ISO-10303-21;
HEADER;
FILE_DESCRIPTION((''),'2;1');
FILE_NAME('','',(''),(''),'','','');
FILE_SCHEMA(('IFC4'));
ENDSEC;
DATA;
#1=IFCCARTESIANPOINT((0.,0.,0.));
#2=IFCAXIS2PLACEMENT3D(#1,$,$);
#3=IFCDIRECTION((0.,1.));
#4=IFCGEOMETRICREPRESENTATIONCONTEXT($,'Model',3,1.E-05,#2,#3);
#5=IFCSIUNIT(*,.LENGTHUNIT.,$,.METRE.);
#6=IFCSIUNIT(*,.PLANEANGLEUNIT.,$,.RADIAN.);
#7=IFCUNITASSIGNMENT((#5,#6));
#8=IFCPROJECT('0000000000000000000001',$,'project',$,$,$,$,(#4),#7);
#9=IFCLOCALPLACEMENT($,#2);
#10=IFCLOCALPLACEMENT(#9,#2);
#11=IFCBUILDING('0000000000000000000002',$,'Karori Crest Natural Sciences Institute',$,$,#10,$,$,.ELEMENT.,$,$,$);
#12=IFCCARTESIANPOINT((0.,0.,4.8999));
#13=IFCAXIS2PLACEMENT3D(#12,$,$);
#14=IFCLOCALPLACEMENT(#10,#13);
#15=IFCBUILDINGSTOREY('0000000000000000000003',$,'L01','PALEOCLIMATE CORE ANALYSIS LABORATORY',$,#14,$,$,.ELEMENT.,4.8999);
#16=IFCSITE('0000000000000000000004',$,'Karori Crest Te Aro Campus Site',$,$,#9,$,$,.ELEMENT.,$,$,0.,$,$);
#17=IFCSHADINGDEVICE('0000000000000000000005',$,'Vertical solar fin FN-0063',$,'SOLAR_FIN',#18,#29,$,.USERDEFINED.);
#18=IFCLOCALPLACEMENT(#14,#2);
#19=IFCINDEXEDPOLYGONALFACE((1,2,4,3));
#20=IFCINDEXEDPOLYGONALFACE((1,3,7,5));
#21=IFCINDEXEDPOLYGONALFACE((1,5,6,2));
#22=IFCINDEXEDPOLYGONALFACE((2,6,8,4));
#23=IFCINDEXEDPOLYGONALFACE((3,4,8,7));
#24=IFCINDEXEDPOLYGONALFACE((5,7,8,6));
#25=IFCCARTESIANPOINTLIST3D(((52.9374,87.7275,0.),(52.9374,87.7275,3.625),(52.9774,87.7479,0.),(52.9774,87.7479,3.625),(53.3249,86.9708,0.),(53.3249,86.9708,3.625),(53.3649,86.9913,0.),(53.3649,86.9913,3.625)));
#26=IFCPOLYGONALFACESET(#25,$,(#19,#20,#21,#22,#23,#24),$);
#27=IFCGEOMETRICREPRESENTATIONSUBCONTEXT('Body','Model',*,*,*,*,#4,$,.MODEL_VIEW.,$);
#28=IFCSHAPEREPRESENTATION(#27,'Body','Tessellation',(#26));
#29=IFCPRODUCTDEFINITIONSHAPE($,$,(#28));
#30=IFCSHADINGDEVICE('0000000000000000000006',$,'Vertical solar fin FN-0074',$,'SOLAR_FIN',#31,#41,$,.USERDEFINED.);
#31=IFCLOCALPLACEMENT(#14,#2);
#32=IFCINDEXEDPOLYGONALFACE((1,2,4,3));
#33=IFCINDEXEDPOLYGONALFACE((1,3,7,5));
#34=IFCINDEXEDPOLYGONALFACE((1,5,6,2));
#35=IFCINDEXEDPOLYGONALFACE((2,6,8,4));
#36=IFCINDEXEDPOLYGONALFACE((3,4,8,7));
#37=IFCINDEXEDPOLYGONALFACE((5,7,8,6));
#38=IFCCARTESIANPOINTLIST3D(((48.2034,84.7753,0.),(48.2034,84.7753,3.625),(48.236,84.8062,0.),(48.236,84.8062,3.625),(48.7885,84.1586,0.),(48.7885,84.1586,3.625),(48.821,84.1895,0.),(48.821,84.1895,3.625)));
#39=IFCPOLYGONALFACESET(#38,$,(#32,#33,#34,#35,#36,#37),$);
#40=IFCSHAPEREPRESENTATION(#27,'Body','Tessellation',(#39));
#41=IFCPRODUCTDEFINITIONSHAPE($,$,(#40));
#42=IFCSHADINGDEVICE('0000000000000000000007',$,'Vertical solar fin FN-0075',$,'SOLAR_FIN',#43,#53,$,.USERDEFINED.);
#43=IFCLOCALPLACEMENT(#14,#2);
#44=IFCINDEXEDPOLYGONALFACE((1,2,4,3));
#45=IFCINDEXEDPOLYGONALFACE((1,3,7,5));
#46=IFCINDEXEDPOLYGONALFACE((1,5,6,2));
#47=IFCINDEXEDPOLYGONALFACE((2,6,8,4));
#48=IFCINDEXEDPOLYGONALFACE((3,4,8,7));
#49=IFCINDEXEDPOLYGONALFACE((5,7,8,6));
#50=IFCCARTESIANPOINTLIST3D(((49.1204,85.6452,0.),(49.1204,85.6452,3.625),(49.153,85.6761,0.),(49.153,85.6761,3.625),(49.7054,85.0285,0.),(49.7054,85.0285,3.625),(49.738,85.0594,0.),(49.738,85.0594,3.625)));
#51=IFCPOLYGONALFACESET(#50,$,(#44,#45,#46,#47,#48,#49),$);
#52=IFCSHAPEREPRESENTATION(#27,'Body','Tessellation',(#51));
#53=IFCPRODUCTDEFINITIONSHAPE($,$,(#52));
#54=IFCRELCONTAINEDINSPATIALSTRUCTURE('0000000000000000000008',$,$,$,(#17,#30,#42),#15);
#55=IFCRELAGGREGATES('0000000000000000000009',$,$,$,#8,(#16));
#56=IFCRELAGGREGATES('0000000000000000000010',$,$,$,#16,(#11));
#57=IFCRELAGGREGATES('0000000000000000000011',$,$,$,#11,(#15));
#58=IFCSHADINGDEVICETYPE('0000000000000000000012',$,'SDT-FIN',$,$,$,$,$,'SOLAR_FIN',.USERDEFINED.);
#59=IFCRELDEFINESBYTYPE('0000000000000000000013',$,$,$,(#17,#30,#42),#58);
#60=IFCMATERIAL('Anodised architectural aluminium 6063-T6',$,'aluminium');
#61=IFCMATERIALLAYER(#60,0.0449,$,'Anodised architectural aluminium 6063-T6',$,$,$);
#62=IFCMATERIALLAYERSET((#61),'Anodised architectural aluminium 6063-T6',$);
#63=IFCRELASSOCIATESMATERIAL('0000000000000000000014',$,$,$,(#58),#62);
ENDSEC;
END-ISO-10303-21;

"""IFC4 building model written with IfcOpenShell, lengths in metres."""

from ifc_helpers import new_model, si_unit, direction, frame, origin, origin_2d, place, context, subcontext, project, spatial, rectangle, extrude, material, layer, layer_set, type_object, element, save


model = new_model("IFC4")

# Units and contexts
model_context = context("Model", 3, precision=1e-05, world=origin(), true_north=direction((0.0, 1.0)))
body_context = subcontext(model_context, "Body", "Model", "MODEL_VIEW")
ifc_project = project(units=[si_unit("LENGTHUNIT", "METRE"), si_unit("PLANEANGLEUNIT", "RADIAN")], contexts=[model_context])

# Site, building, storey
site_placement = place(None, origin())
site = spatial("IfcSite", under=ifc_project, at=site_placement, Name="Karori Crest Te Aro Campus Site", CompositionType="ELEMENT", RefElevation=0.0)
building_placement = place(site_placement, origin())
building = spatial("IfcBuilding", under=site, at=building_placement, Name="Karori Crest Natural Sciences Institute", CompositionType="ELEMENT")
storey_placement = place(building_placement, frame((0.0, 0.0, 4.8999)))
storey = spatial("IfcBuildingStorey", under=building, at=storey_placement, Name="L01", Description="PALEOCLIMATE CORE ANALYSIS LABORATORY", CompositionType="ELEMENT", Elevation=4.8999)

# Shared definitions
ifc_material_1 = material(Name="Anodised architectural aluminium 6063-T6", Category="aluminium")

# Shading devices
ifc_layer_1 = layer(ifc_material_1, 0.0449, Name="Anodised architectural aluminium 6063-T6")
ifc_layer_set_1 = layer_set([ifc_layer_1], Name="Anodised architectural aluminium 6063-T6")
shading_device_type = type_object("IfcShadingDeviceType", Name="SDT-FIN", ElementType="SOLAR_FIN", PredefinedType="USERDEFINED", material=ifc_layer_set_1)
for number, where, z_axis, x_axis, name in (
    (1, (53.1511, 87.3594, 0.0), (0.0, 0.0, 1.0), (-0.455832, 0.890066, 0.0), "Vertical solar fin FN-0063"),
    (2, (48.5122, 84.4824, 0.0), (0.0, 0.0, 1.0), (-0.688251, 0.725473, 0.0), "Vertical solar fin FN-0074"),
    (3, (49.4292, 85.3523, 0.0), (0.0, 0.0, 1.0), (-0.688251, 0.725473, 0.0), "Vertical solar fin FN-0075"),
):
    element("IfcShadingDevice", number, at=place(storey_placement, frame(where, z_axis=z_axis, x_axis=x_axis)), inside=storey, type_object=shading_device_type, Name=name, ObjectType="SOLAR_FIN", PredefinedType="USERDEFINED", context=body_context, shape_type="SweptSolid", body=[
        extrude(rectangle(XDim=0.8501, YDim=0.0449, at=origin_2d()), origin(), (0.0, 0.0, 1.0), 3.625),
    ])

save(model, "model.ifc")
